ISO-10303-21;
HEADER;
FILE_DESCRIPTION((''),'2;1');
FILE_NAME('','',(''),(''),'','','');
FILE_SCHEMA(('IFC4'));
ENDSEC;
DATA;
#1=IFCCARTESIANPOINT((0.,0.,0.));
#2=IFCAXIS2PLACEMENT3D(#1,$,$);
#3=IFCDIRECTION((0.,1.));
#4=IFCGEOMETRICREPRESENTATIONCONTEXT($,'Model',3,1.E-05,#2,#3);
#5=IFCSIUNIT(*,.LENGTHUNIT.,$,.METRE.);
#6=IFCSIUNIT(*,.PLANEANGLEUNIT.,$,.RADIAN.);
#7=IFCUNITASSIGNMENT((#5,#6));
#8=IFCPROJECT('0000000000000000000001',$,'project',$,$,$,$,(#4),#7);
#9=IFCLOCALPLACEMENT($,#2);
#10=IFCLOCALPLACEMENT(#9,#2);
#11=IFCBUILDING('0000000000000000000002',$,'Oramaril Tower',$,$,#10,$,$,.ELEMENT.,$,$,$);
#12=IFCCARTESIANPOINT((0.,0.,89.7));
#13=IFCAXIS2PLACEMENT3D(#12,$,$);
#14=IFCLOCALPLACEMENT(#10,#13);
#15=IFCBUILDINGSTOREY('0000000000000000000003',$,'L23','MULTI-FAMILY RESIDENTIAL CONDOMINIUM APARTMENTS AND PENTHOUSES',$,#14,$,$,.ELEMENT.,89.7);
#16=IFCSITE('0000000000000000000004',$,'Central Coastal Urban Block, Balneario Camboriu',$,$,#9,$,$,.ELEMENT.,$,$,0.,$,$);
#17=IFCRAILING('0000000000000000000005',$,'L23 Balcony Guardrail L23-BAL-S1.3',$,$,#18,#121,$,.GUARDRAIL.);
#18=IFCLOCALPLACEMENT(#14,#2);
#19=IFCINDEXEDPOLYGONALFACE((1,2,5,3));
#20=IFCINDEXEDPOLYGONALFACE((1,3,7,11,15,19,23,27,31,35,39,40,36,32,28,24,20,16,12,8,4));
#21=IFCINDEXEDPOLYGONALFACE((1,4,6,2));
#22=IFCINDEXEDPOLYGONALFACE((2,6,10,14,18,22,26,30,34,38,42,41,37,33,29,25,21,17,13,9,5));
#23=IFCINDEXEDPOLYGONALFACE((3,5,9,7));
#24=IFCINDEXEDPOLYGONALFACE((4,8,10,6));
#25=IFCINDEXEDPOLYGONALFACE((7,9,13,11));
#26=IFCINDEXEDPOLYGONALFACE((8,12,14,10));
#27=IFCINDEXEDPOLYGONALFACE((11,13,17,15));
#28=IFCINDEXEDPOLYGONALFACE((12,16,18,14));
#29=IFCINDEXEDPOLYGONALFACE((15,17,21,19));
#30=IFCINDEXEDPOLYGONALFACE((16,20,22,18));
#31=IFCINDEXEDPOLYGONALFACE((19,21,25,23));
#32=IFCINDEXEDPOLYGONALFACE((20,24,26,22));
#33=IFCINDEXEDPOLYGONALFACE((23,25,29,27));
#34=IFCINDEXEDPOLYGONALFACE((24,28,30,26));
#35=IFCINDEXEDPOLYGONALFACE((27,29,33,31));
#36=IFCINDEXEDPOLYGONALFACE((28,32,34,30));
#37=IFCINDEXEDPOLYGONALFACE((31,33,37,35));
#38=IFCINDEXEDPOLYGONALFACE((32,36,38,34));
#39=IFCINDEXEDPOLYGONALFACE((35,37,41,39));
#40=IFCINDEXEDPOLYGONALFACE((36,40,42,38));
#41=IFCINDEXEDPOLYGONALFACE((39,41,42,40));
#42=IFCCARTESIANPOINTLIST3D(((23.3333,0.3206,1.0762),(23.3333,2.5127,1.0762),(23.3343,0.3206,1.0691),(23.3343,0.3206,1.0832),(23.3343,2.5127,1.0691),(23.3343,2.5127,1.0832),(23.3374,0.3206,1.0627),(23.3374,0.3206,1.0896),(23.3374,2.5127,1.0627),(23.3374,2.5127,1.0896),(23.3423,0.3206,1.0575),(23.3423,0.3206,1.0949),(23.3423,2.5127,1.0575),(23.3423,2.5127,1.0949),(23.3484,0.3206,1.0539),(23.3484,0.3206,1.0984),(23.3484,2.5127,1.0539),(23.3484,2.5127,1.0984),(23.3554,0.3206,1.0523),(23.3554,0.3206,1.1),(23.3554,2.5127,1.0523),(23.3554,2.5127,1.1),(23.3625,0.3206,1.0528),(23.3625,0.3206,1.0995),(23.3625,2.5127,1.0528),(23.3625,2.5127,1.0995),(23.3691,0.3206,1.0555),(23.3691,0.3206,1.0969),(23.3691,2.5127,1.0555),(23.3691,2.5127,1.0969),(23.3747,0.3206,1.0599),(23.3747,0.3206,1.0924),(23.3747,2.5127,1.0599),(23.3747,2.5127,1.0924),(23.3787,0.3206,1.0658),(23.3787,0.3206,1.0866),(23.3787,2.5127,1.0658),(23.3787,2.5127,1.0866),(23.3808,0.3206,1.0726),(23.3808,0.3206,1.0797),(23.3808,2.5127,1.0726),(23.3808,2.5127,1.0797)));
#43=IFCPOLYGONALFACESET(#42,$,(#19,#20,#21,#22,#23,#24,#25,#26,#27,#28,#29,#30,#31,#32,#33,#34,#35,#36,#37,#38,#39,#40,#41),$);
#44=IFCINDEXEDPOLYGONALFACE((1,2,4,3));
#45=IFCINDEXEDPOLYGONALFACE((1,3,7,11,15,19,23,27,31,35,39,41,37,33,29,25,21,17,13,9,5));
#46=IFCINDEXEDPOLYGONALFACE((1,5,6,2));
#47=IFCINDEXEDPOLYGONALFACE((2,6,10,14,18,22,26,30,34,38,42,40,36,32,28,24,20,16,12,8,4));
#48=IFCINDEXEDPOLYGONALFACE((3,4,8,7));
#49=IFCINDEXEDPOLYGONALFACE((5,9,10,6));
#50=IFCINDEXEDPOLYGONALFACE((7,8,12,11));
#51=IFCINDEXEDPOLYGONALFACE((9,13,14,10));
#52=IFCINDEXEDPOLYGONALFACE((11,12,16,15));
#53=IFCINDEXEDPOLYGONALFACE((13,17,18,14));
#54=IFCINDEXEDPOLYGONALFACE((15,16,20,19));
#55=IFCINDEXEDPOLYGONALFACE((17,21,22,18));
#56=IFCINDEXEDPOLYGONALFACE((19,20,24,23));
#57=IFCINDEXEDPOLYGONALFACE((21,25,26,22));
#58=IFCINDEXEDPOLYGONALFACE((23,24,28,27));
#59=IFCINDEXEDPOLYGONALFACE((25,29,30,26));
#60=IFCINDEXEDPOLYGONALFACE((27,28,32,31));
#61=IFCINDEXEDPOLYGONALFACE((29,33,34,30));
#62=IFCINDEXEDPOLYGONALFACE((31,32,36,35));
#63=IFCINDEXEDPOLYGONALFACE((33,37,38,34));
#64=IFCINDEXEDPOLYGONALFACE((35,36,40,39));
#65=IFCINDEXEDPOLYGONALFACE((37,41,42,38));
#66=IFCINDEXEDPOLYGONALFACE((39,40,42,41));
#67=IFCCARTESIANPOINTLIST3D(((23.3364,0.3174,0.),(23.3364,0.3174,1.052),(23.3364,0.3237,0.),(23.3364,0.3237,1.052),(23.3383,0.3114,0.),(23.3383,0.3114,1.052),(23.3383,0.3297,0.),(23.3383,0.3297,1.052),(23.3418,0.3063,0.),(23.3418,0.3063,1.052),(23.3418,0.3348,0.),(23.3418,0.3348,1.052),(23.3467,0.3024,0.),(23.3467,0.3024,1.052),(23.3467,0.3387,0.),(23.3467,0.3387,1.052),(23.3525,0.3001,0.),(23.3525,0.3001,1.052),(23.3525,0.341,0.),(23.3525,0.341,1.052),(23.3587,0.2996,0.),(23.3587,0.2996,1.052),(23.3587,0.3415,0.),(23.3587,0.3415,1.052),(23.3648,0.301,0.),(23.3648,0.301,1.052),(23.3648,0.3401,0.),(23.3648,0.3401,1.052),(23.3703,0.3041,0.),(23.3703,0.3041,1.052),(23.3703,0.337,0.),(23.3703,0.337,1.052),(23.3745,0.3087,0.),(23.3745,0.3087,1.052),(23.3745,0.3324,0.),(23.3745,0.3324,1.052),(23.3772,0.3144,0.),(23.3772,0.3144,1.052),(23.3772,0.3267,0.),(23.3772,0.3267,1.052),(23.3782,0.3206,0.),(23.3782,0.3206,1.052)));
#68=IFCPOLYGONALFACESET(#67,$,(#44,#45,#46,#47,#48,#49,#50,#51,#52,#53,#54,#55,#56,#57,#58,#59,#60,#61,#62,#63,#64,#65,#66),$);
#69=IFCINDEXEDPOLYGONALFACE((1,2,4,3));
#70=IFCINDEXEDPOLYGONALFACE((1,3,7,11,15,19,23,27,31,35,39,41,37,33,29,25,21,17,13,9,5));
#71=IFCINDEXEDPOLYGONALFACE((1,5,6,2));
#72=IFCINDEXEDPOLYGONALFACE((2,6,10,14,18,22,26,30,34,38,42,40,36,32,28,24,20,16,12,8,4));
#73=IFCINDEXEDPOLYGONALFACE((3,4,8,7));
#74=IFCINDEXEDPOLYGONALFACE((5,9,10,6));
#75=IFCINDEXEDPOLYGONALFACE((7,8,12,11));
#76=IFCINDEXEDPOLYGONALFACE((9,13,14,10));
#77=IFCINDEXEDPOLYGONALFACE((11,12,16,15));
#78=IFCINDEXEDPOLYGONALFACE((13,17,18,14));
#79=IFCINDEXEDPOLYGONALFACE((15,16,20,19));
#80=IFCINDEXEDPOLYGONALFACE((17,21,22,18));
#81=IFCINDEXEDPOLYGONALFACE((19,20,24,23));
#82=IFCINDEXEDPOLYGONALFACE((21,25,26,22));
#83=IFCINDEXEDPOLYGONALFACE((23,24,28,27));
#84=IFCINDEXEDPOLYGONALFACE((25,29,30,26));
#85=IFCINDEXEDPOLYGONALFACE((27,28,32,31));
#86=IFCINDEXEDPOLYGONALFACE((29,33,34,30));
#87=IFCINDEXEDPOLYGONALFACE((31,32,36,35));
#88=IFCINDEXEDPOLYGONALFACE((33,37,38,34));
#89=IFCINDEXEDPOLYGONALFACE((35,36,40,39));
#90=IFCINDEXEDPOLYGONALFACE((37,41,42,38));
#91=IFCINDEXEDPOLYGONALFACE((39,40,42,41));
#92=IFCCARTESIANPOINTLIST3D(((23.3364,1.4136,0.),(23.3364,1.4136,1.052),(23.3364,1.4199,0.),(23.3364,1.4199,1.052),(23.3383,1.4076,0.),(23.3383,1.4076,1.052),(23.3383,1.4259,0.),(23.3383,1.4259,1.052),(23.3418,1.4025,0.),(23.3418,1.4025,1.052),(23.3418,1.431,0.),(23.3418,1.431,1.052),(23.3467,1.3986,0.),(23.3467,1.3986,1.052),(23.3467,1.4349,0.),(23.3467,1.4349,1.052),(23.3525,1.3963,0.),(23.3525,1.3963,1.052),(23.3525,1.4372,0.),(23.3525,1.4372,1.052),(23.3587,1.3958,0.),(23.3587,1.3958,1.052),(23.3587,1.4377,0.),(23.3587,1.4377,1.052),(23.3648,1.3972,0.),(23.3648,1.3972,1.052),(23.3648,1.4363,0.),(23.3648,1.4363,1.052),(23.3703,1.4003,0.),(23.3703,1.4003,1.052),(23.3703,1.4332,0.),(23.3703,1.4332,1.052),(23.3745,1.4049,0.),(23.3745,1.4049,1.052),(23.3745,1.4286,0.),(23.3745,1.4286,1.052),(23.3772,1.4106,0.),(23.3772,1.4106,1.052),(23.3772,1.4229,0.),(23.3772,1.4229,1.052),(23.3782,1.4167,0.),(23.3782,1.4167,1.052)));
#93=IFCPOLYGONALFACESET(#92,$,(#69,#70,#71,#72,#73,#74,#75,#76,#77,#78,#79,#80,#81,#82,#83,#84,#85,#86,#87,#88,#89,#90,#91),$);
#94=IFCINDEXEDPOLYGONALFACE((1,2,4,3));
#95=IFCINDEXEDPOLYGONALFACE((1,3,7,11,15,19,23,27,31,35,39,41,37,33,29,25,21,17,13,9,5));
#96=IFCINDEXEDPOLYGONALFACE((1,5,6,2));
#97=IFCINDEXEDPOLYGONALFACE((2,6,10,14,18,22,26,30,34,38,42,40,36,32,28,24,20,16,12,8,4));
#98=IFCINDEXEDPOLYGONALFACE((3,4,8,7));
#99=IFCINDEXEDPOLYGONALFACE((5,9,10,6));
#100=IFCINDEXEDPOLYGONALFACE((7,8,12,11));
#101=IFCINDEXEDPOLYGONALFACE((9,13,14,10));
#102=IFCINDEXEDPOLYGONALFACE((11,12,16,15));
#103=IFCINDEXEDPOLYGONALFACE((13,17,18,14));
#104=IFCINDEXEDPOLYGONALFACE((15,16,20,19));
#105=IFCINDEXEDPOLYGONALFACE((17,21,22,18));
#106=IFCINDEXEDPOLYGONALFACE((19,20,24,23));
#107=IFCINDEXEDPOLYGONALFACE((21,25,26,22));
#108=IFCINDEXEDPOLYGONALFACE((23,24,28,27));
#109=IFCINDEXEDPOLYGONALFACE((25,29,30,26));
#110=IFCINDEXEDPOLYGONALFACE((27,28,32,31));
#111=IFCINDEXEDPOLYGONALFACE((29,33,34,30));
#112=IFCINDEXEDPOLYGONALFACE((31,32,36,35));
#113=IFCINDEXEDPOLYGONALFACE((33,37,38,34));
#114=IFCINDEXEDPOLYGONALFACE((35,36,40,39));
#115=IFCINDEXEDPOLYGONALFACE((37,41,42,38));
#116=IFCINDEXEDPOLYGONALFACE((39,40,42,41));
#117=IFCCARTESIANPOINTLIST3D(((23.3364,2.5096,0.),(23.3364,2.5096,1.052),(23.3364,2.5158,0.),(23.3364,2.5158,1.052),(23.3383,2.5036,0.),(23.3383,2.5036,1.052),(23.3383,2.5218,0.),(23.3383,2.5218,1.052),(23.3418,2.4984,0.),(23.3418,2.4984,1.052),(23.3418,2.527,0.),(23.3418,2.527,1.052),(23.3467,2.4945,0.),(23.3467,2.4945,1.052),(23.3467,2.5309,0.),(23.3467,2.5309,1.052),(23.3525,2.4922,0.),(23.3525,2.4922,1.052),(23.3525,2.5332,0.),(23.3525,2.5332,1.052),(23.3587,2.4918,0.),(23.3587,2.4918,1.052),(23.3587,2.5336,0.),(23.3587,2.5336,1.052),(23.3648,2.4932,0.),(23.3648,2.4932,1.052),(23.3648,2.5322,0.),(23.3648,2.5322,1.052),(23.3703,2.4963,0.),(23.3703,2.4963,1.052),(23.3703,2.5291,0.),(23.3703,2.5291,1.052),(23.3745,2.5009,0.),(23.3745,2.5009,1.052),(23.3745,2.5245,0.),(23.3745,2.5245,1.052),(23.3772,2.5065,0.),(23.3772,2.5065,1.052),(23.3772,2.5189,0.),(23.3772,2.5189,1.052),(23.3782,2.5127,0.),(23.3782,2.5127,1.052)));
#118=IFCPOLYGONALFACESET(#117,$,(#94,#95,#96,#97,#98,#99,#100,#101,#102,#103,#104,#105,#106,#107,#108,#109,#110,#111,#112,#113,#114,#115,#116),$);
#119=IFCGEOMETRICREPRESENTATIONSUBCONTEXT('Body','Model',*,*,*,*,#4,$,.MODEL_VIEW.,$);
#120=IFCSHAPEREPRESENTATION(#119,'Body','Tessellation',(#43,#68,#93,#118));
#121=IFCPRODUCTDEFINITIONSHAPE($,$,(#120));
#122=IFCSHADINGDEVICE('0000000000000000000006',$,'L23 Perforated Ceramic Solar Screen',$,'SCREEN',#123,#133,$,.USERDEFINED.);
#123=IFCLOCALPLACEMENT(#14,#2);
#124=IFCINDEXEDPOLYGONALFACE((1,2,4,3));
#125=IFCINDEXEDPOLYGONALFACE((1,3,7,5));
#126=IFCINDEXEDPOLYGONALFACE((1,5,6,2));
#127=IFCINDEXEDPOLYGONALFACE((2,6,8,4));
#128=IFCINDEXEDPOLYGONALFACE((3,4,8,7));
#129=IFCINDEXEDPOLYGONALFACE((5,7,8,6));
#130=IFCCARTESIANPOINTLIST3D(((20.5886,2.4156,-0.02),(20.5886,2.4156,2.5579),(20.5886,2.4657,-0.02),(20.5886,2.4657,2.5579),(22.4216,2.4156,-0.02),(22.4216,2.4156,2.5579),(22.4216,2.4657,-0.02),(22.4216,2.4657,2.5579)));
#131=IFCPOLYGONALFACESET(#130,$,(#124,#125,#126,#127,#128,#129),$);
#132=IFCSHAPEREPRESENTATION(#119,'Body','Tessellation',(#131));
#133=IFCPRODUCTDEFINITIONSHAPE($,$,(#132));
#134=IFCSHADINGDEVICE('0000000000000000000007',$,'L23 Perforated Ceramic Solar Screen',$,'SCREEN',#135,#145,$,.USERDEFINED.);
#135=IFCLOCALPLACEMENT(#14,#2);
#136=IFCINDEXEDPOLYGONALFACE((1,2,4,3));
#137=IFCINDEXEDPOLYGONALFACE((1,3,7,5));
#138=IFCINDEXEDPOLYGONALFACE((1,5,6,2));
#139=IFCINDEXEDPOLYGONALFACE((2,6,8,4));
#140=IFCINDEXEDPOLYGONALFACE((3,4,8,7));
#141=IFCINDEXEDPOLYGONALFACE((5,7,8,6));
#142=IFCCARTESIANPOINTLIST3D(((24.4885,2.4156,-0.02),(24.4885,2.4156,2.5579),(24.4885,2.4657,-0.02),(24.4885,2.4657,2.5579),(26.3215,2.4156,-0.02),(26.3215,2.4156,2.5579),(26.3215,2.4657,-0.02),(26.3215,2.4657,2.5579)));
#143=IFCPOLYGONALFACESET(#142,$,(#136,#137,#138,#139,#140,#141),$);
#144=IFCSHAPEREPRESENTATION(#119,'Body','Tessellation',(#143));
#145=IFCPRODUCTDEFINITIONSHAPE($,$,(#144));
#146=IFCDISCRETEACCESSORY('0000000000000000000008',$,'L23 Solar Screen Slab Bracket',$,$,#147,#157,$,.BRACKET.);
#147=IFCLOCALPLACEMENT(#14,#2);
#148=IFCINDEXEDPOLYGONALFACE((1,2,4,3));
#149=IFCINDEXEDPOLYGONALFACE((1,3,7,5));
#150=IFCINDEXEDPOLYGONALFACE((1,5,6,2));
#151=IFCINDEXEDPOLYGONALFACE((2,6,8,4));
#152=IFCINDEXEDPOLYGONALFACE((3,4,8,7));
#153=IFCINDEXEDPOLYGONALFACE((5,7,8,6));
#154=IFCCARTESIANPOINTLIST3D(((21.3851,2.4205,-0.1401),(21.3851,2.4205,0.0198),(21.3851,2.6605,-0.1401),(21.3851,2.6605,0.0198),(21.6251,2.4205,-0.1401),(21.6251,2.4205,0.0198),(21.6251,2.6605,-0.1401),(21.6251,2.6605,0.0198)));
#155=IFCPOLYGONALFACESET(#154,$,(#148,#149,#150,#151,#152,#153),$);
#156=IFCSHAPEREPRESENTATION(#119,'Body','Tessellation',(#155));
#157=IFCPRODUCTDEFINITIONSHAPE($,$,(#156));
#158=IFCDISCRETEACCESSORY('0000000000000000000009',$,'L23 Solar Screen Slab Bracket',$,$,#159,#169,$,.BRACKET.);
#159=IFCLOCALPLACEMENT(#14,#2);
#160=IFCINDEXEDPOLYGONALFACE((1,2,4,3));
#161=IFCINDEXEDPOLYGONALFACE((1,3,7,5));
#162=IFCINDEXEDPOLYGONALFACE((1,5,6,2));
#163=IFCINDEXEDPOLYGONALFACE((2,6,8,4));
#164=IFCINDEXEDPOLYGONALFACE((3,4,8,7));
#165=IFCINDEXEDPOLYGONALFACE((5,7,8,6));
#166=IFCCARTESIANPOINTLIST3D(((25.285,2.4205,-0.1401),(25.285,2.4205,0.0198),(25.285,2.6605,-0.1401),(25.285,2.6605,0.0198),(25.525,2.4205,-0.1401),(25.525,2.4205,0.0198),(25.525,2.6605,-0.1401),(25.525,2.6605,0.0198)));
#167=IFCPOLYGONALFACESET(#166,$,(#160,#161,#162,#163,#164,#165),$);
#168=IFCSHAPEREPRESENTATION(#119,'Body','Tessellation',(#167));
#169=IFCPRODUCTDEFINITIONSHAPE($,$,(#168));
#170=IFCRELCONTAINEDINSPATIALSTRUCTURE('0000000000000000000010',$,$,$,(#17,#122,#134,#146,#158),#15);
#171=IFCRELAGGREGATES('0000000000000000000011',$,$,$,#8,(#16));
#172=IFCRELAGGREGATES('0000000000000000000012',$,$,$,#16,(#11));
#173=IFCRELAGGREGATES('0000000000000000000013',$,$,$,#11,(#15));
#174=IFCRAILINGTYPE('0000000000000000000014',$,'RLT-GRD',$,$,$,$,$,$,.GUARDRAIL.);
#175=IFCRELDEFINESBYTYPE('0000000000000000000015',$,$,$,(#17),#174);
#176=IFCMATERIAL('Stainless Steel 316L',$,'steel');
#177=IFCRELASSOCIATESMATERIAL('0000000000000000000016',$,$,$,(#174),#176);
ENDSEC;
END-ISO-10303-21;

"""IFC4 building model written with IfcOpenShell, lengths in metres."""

from ifc_helpers import new_model, si_unit, direction, frame, origin, origin_2d, place, context, subcontext, project, spatial, rectangle, circle, extrude, material, type_object, element, save


model = new_model("IFC4")

# Units and contexts
model_context = context("Model", 3, precision=1e-05, world=origin(), true_north=direction((0.0, 1.0)))
body_context = subcontext(model_context, "Body", "Model", "MODEL_VIEW")
ifc_project = project(units=[si_unit("LENGTHUNIT", "METRE"), si_unit("PLANEANGLEUNIT", "RADIAN")], contexts=[model_context])

# Site, building, storey
site_placement = place(None, origin())
site = spatial("IfcSite", under=ifc_project, at=site_placement, Name="Central Coastal Urban Block, Balneario Camboriu", CompositionType="ELEMENT", RefElevation=0.0)
building_placement = place(site_placement, origin())
building = spatial("IfcBuilding", under=site, at=building_placement, Name="Oramaril Tower", CompositionType="ELEMENT")
storey_placement = place(building_placement, frame((0.0, 0.0, 89.7)))
storey = spatial("IfcBuildingStorey", under=building, at=storey_placement, Name="L23", Description="MULTI-FAMILY RESIDENTIAL CONDOMINIUM APARTMENTS AND PENTHOUSES", CompositionType="ELEMENT", Elevation=89.7)

# Railing
ifc_material_1 = material(Name="Stainless Steel 316L", Category="steel")
railing_type = type_object("IfcRailingType", Name="RLT-GRD", PredefinedType="GUARDRAIL", material=ifc_material_1)
railing_placement = place(storey_placement, frame((23.3572, 0.3206, 0.0)))
element("IfcRailing", 1, at=railing_placement, inside=storey, type_object=railing_type, Name="L23 Balcony Guardrail L23-BAL-S1.3", PredefinedType="GUARDRAIL", context=body_context, shape_type="SweptSolid", body=[
    extrude(circle(Radius=0.0239, at=origin_2d()), frame((0.0, 0.0, 1.0762), z_axis=(0.0, 1.0, 0.0), x_axis=(-1.0, 0.0, 0.0)), (0.0, 0.0, 1.0), 2.1921),
    extrude(circle(Radius=0.021, at=origin_2d()), origin(), (0.0, 0.0, 1.0), 1.052),
    extrude(circle(Radius=0.021, at=origin_2d()), frame((0.0, 1.0962, 0.0)), (0.0, 0.0, 1.0), 1.052),
    extrude(circle(Radius=0.021, at=origin_2d()), frame((0.0, 2.1921, 0.0)), (0.0, 0.0, 1.0), 1.052),
])

# Shading devices
for number, where, z_axis, x_axis, name in (
    (2, (21.5051, 2.4407, -0.02), (0.0, 0.0, 1.0), (1.0, 0.0, 0.0), "L23 Perforated Ceramic Solar Screen"),
    (3, (25.405, 2.4407, -0.02), (0.0, 0.0, 1.0), (1.0, 0.0, 0.0), "L23 Perforated Ceramic Solar Screen"),
):
    element("IfcShadingDevice", number, at=place(storey_placement, frame(where, z_axis=z_axis, x_axis=x_axis)), inside=storey, Name=name, ObjectType="SCREEN", PredefinedType="USERDEFINED", context=body_context, shape_type="SweptSolid", body=[
        extrude(rectangle(XDim=1.833, YDim=0.05, at=origin_2d()), origin(), (0.0, 0.0, 1.0), 2.5779),
    ])

# Discrete accessories
for number, where, z_axis, x_axis, name in (
    (4, (21.5051, 2.5405, -0.1401), (0.0, 0.0, 1.0), (1.0, 0.0, 0.0), "L23 Solar Screen Slab Bracket"),
    (5, (25.405, 2.5405, -0.1401), (0.0, 0.0, 1.0), (1.0, 0.0, 0.0), "L23 Solar Screen Slab Bracket"),
):
    element("IfcDiscreteAccessory", number, at=place(storey_placement, frame(where, z_axis=z_axis, x_axis=x_axis)), inside=storey, Name=name, PredefinedType="BRACKET", context=body_context, shape_type="SweptSolid", body=[
        extrude(rectangle(XDim=0.24, YDim=0.24, at=origin_2d()), origin(), (0.0, 0.0, 1.0), 0.1599),
    ])

save(model, "model.ifc")
